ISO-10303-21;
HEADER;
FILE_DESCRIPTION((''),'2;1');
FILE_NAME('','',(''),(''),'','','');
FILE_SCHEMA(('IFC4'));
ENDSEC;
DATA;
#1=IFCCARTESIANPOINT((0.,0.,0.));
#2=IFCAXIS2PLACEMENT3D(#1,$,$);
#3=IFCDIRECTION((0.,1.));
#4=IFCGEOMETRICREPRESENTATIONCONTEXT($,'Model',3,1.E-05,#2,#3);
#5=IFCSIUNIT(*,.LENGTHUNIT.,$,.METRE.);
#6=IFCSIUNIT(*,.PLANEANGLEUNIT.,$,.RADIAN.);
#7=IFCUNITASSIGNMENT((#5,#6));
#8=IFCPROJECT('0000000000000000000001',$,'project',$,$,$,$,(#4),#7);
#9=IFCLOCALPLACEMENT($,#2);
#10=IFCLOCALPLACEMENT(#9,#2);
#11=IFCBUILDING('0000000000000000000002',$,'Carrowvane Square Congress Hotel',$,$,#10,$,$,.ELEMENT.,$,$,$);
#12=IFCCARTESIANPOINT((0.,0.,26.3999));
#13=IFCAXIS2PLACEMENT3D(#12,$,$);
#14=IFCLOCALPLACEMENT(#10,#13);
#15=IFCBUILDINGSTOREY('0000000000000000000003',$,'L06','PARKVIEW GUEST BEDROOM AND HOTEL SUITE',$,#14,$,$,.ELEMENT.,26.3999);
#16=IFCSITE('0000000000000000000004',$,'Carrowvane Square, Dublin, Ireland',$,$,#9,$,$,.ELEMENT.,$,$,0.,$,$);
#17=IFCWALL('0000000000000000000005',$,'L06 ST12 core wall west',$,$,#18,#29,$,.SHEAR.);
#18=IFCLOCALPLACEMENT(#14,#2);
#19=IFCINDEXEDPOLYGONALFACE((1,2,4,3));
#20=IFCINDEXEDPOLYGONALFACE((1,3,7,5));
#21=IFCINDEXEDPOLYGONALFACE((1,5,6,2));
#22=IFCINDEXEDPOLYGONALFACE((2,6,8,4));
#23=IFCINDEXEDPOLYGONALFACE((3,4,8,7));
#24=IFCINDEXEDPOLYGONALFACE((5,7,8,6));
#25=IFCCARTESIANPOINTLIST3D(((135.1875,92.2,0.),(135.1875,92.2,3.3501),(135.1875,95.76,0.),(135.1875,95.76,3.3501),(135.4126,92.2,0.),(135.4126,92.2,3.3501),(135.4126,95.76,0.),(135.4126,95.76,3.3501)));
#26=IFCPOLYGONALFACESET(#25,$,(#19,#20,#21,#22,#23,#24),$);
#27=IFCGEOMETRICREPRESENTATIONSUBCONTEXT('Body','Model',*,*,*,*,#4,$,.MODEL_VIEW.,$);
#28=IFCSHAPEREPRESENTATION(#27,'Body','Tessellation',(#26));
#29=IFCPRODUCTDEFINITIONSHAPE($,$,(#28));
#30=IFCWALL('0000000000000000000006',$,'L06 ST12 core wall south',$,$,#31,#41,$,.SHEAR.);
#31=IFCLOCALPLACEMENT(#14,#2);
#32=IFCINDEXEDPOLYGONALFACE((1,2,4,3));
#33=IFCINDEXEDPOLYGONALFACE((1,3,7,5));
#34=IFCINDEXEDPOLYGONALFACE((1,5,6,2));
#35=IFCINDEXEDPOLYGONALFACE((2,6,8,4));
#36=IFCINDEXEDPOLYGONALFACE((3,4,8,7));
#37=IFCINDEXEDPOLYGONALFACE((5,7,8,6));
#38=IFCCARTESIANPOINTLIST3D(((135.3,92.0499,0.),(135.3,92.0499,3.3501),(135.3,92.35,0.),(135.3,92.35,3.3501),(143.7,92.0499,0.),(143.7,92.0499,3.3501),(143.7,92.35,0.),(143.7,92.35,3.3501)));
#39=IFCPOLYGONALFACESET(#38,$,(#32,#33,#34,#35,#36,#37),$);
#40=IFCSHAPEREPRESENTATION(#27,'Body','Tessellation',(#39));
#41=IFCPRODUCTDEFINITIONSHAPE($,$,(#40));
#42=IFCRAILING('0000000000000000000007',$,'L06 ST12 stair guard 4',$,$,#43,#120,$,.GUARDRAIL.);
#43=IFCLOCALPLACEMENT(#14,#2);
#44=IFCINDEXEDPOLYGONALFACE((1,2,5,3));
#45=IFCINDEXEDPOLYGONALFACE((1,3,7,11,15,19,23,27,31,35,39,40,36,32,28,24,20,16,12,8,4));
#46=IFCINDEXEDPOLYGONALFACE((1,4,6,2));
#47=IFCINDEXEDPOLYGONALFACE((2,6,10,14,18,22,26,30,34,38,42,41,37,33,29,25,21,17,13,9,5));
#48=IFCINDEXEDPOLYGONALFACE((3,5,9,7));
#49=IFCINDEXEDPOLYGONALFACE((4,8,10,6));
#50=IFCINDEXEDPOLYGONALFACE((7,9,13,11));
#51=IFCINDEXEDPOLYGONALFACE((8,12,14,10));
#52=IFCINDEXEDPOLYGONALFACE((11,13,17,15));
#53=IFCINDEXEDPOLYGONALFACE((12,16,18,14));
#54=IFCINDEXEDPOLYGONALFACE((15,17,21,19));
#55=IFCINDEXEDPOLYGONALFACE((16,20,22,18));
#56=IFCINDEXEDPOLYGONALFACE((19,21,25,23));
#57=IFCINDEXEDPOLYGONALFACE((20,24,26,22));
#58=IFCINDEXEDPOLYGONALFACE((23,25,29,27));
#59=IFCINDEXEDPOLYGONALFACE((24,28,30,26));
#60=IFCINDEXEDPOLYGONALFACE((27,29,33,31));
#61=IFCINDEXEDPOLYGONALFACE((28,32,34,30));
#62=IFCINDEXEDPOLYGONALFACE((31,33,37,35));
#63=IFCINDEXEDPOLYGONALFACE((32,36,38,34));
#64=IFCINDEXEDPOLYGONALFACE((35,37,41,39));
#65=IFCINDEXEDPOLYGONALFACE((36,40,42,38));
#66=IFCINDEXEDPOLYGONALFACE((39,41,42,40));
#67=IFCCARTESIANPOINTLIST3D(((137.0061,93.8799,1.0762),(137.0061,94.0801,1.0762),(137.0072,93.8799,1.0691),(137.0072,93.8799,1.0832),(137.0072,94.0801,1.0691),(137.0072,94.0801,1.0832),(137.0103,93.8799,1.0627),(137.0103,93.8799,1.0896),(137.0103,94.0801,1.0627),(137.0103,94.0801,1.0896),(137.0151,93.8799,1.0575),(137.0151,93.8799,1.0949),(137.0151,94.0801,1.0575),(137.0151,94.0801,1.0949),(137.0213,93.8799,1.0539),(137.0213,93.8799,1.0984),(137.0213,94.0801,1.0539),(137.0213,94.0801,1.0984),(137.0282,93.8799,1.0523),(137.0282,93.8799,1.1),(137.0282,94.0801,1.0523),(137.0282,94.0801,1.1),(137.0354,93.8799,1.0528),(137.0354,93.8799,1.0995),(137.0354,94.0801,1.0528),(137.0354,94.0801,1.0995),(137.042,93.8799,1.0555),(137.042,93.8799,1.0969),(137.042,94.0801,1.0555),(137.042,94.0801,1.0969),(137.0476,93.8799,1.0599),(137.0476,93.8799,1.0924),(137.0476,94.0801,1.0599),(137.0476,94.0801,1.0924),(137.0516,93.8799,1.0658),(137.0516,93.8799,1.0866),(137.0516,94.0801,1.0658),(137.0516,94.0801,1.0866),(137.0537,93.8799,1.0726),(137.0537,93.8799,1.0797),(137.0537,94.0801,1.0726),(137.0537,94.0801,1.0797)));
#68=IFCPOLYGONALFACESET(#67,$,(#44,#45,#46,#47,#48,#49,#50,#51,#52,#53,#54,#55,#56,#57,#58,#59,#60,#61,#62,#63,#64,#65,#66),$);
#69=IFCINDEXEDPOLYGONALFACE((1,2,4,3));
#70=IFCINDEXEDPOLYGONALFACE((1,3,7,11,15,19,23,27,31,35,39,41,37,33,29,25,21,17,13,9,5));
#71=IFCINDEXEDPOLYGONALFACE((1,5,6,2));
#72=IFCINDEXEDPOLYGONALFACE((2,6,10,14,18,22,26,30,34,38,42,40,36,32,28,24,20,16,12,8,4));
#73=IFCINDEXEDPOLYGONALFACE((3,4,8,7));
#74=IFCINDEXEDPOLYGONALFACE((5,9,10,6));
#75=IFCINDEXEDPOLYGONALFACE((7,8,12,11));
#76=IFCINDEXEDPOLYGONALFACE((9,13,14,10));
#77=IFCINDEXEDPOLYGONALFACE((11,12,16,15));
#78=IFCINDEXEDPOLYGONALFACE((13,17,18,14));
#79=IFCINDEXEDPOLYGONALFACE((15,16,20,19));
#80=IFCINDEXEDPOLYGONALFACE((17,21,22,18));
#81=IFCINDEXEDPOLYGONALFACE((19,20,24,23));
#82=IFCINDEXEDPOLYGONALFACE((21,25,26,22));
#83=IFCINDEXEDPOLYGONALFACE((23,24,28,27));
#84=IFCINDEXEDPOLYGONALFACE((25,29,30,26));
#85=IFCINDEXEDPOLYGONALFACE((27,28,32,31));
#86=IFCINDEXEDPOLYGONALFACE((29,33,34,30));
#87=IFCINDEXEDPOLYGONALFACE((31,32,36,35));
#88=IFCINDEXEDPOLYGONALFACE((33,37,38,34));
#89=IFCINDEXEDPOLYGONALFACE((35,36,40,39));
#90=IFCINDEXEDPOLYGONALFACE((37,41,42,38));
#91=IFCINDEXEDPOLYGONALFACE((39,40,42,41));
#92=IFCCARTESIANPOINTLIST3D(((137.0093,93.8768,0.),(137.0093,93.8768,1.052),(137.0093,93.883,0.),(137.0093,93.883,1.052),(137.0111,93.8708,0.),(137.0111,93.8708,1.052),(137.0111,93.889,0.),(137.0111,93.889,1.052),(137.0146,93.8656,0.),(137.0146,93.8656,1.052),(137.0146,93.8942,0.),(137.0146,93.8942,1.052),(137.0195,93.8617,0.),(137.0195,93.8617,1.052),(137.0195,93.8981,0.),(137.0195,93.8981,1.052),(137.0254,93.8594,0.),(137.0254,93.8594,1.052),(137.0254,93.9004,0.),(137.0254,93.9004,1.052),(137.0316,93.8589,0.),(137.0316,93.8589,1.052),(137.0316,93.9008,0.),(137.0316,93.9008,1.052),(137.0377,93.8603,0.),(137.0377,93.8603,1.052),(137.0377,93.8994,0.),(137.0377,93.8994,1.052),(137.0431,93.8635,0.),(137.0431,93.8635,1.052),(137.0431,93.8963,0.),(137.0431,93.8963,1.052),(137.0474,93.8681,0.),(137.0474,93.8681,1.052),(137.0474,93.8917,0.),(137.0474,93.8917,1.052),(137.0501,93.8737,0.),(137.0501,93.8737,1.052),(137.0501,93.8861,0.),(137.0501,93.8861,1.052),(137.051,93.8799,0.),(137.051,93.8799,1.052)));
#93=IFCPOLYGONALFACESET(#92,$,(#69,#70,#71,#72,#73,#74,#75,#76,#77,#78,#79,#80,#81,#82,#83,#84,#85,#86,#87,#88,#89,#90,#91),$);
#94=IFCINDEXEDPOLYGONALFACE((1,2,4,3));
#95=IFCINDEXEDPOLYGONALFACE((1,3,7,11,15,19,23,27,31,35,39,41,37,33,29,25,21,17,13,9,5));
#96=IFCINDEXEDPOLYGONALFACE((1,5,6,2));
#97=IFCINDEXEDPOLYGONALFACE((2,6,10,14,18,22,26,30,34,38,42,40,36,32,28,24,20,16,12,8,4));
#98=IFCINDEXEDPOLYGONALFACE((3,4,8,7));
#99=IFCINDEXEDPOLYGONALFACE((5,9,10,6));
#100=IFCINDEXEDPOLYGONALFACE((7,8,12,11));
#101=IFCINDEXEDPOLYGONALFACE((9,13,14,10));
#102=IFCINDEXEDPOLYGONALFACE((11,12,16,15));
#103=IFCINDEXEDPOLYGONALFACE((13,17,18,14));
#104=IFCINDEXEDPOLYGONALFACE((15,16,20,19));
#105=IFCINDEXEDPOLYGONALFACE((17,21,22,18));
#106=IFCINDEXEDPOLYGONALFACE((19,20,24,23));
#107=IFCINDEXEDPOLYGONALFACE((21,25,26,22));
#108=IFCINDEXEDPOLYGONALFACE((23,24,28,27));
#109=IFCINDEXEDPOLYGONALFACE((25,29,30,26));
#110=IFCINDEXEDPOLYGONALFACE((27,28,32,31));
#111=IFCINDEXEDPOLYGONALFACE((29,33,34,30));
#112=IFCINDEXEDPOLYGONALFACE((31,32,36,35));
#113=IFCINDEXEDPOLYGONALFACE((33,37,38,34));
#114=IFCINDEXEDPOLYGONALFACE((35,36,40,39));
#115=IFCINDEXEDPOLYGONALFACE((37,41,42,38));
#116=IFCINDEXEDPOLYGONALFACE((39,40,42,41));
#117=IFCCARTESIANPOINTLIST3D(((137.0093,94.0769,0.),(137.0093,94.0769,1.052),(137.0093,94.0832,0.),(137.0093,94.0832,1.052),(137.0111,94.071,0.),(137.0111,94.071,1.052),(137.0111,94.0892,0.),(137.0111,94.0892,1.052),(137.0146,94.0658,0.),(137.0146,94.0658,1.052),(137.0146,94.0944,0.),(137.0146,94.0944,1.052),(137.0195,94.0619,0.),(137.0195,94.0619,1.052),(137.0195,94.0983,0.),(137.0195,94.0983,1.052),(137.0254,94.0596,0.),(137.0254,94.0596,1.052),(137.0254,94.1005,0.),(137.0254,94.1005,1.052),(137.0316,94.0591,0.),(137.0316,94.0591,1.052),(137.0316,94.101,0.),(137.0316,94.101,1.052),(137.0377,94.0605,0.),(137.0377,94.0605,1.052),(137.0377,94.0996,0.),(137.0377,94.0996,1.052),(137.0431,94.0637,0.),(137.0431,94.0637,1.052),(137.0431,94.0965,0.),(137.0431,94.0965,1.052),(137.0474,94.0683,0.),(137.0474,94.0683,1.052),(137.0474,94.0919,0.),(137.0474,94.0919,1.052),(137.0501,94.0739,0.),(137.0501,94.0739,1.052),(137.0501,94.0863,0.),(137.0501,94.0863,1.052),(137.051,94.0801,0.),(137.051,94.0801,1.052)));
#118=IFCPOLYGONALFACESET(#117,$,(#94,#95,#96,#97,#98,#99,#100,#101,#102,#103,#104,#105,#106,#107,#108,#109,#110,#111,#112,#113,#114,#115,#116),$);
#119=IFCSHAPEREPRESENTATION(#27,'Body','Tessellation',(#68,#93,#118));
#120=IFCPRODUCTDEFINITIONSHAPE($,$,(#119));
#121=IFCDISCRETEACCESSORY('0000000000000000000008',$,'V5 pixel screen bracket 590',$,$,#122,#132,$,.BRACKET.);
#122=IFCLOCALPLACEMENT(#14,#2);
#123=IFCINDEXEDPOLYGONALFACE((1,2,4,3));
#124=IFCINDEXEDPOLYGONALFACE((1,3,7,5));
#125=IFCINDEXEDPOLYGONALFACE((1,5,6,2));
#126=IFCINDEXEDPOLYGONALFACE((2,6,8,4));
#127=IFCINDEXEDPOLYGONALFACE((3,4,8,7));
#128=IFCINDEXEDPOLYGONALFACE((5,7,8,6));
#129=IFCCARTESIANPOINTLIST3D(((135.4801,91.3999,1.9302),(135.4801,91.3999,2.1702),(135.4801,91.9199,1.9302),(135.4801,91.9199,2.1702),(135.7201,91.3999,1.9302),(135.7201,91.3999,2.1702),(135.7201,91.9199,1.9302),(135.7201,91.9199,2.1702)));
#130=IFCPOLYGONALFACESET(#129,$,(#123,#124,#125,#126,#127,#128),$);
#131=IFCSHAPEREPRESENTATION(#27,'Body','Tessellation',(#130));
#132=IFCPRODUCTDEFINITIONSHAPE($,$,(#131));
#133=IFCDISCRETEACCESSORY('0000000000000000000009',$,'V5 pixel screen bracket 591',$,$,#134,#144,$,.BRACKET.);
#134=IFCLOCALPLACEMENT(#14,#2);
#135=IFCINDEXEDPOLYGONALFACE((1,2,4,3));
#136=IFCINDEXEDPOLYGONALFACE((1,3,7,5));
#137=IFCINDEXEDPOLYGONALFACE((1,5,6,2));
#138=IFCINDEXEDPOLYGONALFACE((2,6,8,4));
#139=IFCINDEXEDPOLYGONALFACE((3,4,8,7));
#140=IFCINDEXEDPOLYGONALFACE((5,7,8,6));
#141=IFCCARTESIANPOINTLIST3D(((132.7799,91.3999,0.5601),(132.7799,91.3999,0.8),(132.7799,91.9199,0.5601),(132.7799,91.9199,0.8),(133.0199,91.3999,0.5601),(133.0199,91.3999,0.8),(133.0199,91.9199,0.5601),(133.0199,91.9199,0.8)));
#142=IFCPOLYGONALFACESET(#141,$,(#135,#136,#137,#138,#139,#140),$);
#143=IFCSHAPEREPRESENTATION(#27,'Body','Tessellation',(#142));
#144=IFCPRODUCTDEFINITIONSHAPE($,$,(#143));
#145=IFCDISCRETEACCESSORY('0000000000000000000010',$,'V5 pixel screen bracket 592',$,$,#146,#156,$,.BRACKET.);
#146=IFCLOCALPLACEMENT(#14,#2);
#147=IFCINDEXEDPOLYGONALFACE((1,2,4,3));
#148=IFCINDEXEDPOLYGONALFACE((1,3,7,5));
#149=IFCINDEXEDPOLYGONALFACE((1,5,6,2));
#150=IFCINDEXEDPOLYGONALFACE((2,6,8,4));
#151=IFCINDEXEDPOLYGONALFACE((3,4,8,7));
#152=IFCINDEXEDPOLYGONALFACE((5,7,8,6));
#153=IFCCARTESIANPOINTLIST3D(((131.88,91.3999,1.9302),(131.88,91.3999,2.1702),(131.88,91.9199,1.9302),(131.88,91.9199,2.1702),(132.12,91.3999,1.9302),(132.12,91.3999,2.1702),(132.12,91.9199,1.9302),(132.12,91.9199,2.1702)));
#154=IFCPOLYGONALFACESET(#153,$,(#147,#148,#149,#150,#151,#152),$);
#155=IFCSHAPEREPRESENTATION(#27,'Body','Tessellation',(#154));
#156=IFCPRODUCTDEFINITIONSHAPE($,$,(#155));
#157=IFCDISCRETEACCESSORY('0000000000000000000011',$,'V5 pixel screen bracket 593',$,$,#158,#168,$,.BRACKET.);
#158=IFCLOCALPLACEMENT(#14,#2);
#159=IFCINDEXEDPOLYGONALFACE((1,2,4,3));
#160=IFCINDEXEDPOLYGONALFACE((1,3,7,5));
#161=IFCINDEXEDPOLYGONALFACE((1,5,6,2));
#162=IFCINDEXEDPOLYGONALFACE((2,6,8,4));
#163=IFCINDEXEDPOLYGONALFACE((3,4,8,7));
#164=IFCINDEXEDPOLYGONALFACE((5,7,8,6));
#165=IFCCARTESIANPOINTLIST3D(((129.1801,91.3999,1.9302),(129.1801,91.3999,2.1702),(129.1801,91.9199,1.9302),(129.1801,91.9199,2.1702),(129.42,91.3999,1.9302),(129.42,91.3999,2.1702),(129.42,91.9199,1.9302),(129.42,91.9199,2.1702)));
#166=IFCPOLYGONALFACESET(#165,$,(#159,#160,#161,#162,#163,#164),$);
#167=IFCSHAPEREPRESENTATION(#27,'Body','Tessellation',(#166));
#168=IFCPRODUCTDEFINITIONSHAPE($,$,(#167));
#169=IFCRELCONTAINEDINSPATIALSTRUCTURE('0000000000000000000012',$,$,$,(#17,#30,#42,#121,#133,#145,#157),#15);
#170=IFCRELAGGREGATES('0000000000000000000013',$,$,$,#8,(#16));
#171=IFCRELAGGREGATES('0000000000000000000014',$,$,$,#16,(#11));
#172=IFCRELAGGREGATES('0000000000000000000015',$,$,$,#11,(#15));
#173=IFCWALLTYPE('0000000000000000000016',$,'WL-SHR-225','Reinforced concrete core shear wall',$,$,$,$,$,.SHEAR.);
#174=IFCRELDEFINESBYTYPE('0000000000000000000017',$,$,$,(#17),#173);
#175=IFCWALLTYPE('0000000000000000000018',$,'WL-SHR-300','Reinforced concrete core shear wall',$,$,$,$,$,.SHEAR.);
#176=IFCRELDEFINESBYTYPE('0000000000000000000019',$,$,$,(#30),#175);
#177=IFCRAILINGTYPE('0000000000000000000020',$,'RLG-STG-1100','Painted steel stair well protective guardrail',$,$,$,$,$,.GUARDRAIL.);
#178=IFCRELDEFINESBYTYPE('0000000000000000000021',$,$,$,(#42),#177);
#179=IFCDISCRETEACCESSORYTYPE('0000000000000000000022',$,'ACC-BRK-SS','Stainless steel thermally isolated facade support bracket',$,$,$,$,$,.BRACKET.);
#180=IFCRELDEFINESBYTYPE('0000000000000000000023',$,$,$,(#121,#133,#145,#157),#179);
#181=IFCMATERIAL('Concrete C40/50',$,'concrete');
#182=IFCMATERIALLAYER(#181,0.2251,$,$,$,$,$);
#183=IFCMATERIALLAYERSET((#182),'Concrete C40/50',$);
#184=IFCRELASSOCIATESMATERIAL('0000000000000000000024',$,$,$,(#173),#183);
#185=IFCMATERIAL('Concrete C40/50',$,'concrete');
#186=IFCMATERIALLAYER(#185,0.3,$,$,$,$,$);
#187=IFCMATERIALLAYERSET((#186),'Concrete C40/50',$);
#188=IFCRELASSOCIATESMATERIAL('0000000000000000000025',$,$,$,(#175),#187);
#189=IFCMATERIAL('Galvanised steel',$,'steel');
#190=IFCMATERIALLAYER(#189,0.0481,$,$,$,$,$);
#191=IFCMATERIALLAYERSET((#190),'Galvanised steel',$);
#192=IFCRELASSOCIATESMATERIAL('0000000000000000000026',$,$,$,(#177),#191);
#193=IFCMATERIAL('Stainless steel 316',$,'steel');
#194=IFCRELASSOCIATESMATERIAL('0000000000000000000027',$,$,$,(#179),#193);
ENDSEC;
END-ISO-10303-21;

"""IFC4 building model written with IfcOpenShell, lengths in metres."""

from ifc_helpers import new_model, si_unit, direction, frame, frame_2d, origin, origin_2d, place, context, subcontext, project, spatial, rectangle, circle, extrude, material, layer, layer_set, type_object, element, save


model = new_model("IFC4")

# Units and contexts
model_context = context("Model", 3, precision=1e-05, world=origin(), true_north=direction((0.0, 1.0)))
body_context = subcontext(model_context, "Body", "Model", "MODEL_VIEW")
ifc_project = project(units=[si_unit("LENGTHUNIT", "METRE"), si_unit("PLANEANGLEUNIT", "RADIAN")], contexts=[model_context])

# Site, building, storey
site_placement = place(None, origin())
site = spatial("IfcSite", under=ifc_project, at=site_placement, Name="Carrowvane Square, Dublin, Ireland", CompositionType="ELEMENT", RefElevation=0.0)
building_placement = place(site_placement, origin())
building = spatial("IfcBuilding", under=site, at=building_placement, Name="Carrowvane Square Congress Hotel", CompositionType="ELEMENT")
storey_placement = place(building_placement, frame((0.0, 0.0, 26.3999)))
storey = spatial("IfcBuildingStorey", under=building, at=storey_placement, Name="L06", Description="PARKVIEW GUEST BEDROOM AND HOTEL SUITE", CompositionType="ELEMENT", Elevation=26.3999)

# Walls
ifc_material_1 = material(Name="Concrete C40/50", Category="concrete")
ifc_layer_1 = layer(ifc_material_1, 0.2251)
ifc_layer_set_1 = layer_set([ifc_layer_1], Name="Concrete C40/50")
wall_type_1 = type_object("IfcWallType", Name="WL-SHR-225", Description="Reinforced concrete core shear wall", PredefinedType="SHEAR", material=ifc_layer_set_1)
wall_1_placement = place(storey_placement, frame((135.3, 95.76, 0.0), z_axis=(0.0, 0.0, 1.0), x_axis=(0.0, -1.0, 0.0)))
element("IfcWall", 1, at=wall_1_placement, inside=storey, type_object=wall_type_1, Name="L06 ST12 core wall west", PredefinedType="SHEAR", context=body_context, shape_type="SweptSolid", body=[
    extrude(rectangle(XDim=3.5601, YDim=0.2251, at=frame_2d((1.78, 0.0))), origin(), (0.0, 0.0, 1.0), 3.3501),
])
ifc_material_2 = material(Name="Concrete C40/50", Category="concrete")
ifc_layer_2 = layer(ifc_material_2, 0.3)
ifc_layer_set_2 = layer_set([ifc_layer_2], Name="Concrete C40/50")
wall_type_2 = type_object("IfcWallType", Name="WL-SHR-300", Description="Reinforced concrete core shear wall", PredefinedType="SHEAR", material=ifc_layer_set_2)
wall_2_placement = place(storey_placement, frame((135.3, 92.2, 0.0), z_axis=(0.0, 0.0, 1.0), x_axis=(1.0, 0.0, 0.0)))
element("IfcWall", 2, at=wall_2_placement, inside=storey, type_object=wall_type_2, Name="L06 ST12 core wall south", PredefinedType="SHEAR", context=body_context, shape_type="SweptSolid", body=[
    extrude(rectangle(XDim=8.3999, YDim=0.3, at=frame_2d((4.2, 0.0))), origin(), (0.0, 0.0, 1.0), 3.3501),
])

# Railing
ifc_material_3 = material(Name="Galvanised steel", Category="steel")
ifc_layer_3 = layer(ifc_material_3, 0.0481)
ifc_layer_set_3 = layer_set([ifc_layer_3], Name="Galvanised steel")
railing_type = type_object("IfcRailingType", Name="RLG-STG-1100", Description="Painted steel stair well protective guardrail", PredefinedType="GUARDRAIL", material=ifc_layer_set_3)
railing_placement = place(storey_placement, frame((137.03, 93.8799, 0.0)))
element("IfcRailing", 3, at=railing_placement, inside=storey, type_object=railing_type, Name="L06 ST12 stair guard 4", PredefinedType="GUARDRAIL", context=body_context, shape_type="SweptSolid", body=[
    extrude(circle(Radius=0.0239, at=origin_2d()), frame((0.0, 0.0, 1.0762), z_axis=(0.0, 1.0, 0.0), x_axis=(-1.0, 0.0, 0.0)), (0.0, 0.0, 1.0), 0.2002),
    extrude(circle(Radius=0.021, at=origin_2d()), origin(), (0.0, 0.0, 1.0), 1.052),
    extrude(circle(Radius=0.021, at=origin_2d()), frame((0.0, 0.2002, 0.0)), (0.0, 0.0, 1.0), 1.052),
])

# Discrete accessories
ifc_material_4 = material(Name="Stainless steel 316", Category="steel")
discrete_accessory_type = type_object("IfcDiscreteAccessoryType", Name="ACC-BRK-SS", Description="Stainless steel thermally isolated facade support bracket", PredefinedType="BRACKET", material=ifc_material_4)
for number, where, z_axis, x_axis, name in (
    (4, (135.6001, 91.6599, 1.9302), (0.0, 0.0, 1.0), (-1.0, 0.0, 0.0), "V5 pixel screen bracket 590"),
    (5, (132.8999, 91.6599, 0.5601), (0.0, 0.0, 1.0), (-1.0, 0.0, 0.0), "V5 pixel screen bracket 591"),
    (6, (132.0, 91.6599, 1.9302), (0.0, 0.0, 1.0), (-1.0, 0.0, 0.0), "V5 pixel screen bracket 592"),
    (7, (129.3, 91.6599, 1.9302), (0.0, 0.0, 1.0), (-1.0, 0.0, 0.0), "V5 pixel screen bracket 593"),
):
    element("IfcDiscreteAccessory", number, at=place(storey_placement, frame(where, z_axis=z_axis, x_axis=x_axis)), inside=storey, type_object=discrete_accessory_type, Name=name, PredefinedType="BRACKET", context=body_context, shape_type="SweptSolid", body=[
        extrude(rectangle(XDim=0.24, YDim=0.52, at=origin_2d()), origin(), (0.0, 0.0, 1.0), 0.24),
    ])

save(model, "model.ifc")
